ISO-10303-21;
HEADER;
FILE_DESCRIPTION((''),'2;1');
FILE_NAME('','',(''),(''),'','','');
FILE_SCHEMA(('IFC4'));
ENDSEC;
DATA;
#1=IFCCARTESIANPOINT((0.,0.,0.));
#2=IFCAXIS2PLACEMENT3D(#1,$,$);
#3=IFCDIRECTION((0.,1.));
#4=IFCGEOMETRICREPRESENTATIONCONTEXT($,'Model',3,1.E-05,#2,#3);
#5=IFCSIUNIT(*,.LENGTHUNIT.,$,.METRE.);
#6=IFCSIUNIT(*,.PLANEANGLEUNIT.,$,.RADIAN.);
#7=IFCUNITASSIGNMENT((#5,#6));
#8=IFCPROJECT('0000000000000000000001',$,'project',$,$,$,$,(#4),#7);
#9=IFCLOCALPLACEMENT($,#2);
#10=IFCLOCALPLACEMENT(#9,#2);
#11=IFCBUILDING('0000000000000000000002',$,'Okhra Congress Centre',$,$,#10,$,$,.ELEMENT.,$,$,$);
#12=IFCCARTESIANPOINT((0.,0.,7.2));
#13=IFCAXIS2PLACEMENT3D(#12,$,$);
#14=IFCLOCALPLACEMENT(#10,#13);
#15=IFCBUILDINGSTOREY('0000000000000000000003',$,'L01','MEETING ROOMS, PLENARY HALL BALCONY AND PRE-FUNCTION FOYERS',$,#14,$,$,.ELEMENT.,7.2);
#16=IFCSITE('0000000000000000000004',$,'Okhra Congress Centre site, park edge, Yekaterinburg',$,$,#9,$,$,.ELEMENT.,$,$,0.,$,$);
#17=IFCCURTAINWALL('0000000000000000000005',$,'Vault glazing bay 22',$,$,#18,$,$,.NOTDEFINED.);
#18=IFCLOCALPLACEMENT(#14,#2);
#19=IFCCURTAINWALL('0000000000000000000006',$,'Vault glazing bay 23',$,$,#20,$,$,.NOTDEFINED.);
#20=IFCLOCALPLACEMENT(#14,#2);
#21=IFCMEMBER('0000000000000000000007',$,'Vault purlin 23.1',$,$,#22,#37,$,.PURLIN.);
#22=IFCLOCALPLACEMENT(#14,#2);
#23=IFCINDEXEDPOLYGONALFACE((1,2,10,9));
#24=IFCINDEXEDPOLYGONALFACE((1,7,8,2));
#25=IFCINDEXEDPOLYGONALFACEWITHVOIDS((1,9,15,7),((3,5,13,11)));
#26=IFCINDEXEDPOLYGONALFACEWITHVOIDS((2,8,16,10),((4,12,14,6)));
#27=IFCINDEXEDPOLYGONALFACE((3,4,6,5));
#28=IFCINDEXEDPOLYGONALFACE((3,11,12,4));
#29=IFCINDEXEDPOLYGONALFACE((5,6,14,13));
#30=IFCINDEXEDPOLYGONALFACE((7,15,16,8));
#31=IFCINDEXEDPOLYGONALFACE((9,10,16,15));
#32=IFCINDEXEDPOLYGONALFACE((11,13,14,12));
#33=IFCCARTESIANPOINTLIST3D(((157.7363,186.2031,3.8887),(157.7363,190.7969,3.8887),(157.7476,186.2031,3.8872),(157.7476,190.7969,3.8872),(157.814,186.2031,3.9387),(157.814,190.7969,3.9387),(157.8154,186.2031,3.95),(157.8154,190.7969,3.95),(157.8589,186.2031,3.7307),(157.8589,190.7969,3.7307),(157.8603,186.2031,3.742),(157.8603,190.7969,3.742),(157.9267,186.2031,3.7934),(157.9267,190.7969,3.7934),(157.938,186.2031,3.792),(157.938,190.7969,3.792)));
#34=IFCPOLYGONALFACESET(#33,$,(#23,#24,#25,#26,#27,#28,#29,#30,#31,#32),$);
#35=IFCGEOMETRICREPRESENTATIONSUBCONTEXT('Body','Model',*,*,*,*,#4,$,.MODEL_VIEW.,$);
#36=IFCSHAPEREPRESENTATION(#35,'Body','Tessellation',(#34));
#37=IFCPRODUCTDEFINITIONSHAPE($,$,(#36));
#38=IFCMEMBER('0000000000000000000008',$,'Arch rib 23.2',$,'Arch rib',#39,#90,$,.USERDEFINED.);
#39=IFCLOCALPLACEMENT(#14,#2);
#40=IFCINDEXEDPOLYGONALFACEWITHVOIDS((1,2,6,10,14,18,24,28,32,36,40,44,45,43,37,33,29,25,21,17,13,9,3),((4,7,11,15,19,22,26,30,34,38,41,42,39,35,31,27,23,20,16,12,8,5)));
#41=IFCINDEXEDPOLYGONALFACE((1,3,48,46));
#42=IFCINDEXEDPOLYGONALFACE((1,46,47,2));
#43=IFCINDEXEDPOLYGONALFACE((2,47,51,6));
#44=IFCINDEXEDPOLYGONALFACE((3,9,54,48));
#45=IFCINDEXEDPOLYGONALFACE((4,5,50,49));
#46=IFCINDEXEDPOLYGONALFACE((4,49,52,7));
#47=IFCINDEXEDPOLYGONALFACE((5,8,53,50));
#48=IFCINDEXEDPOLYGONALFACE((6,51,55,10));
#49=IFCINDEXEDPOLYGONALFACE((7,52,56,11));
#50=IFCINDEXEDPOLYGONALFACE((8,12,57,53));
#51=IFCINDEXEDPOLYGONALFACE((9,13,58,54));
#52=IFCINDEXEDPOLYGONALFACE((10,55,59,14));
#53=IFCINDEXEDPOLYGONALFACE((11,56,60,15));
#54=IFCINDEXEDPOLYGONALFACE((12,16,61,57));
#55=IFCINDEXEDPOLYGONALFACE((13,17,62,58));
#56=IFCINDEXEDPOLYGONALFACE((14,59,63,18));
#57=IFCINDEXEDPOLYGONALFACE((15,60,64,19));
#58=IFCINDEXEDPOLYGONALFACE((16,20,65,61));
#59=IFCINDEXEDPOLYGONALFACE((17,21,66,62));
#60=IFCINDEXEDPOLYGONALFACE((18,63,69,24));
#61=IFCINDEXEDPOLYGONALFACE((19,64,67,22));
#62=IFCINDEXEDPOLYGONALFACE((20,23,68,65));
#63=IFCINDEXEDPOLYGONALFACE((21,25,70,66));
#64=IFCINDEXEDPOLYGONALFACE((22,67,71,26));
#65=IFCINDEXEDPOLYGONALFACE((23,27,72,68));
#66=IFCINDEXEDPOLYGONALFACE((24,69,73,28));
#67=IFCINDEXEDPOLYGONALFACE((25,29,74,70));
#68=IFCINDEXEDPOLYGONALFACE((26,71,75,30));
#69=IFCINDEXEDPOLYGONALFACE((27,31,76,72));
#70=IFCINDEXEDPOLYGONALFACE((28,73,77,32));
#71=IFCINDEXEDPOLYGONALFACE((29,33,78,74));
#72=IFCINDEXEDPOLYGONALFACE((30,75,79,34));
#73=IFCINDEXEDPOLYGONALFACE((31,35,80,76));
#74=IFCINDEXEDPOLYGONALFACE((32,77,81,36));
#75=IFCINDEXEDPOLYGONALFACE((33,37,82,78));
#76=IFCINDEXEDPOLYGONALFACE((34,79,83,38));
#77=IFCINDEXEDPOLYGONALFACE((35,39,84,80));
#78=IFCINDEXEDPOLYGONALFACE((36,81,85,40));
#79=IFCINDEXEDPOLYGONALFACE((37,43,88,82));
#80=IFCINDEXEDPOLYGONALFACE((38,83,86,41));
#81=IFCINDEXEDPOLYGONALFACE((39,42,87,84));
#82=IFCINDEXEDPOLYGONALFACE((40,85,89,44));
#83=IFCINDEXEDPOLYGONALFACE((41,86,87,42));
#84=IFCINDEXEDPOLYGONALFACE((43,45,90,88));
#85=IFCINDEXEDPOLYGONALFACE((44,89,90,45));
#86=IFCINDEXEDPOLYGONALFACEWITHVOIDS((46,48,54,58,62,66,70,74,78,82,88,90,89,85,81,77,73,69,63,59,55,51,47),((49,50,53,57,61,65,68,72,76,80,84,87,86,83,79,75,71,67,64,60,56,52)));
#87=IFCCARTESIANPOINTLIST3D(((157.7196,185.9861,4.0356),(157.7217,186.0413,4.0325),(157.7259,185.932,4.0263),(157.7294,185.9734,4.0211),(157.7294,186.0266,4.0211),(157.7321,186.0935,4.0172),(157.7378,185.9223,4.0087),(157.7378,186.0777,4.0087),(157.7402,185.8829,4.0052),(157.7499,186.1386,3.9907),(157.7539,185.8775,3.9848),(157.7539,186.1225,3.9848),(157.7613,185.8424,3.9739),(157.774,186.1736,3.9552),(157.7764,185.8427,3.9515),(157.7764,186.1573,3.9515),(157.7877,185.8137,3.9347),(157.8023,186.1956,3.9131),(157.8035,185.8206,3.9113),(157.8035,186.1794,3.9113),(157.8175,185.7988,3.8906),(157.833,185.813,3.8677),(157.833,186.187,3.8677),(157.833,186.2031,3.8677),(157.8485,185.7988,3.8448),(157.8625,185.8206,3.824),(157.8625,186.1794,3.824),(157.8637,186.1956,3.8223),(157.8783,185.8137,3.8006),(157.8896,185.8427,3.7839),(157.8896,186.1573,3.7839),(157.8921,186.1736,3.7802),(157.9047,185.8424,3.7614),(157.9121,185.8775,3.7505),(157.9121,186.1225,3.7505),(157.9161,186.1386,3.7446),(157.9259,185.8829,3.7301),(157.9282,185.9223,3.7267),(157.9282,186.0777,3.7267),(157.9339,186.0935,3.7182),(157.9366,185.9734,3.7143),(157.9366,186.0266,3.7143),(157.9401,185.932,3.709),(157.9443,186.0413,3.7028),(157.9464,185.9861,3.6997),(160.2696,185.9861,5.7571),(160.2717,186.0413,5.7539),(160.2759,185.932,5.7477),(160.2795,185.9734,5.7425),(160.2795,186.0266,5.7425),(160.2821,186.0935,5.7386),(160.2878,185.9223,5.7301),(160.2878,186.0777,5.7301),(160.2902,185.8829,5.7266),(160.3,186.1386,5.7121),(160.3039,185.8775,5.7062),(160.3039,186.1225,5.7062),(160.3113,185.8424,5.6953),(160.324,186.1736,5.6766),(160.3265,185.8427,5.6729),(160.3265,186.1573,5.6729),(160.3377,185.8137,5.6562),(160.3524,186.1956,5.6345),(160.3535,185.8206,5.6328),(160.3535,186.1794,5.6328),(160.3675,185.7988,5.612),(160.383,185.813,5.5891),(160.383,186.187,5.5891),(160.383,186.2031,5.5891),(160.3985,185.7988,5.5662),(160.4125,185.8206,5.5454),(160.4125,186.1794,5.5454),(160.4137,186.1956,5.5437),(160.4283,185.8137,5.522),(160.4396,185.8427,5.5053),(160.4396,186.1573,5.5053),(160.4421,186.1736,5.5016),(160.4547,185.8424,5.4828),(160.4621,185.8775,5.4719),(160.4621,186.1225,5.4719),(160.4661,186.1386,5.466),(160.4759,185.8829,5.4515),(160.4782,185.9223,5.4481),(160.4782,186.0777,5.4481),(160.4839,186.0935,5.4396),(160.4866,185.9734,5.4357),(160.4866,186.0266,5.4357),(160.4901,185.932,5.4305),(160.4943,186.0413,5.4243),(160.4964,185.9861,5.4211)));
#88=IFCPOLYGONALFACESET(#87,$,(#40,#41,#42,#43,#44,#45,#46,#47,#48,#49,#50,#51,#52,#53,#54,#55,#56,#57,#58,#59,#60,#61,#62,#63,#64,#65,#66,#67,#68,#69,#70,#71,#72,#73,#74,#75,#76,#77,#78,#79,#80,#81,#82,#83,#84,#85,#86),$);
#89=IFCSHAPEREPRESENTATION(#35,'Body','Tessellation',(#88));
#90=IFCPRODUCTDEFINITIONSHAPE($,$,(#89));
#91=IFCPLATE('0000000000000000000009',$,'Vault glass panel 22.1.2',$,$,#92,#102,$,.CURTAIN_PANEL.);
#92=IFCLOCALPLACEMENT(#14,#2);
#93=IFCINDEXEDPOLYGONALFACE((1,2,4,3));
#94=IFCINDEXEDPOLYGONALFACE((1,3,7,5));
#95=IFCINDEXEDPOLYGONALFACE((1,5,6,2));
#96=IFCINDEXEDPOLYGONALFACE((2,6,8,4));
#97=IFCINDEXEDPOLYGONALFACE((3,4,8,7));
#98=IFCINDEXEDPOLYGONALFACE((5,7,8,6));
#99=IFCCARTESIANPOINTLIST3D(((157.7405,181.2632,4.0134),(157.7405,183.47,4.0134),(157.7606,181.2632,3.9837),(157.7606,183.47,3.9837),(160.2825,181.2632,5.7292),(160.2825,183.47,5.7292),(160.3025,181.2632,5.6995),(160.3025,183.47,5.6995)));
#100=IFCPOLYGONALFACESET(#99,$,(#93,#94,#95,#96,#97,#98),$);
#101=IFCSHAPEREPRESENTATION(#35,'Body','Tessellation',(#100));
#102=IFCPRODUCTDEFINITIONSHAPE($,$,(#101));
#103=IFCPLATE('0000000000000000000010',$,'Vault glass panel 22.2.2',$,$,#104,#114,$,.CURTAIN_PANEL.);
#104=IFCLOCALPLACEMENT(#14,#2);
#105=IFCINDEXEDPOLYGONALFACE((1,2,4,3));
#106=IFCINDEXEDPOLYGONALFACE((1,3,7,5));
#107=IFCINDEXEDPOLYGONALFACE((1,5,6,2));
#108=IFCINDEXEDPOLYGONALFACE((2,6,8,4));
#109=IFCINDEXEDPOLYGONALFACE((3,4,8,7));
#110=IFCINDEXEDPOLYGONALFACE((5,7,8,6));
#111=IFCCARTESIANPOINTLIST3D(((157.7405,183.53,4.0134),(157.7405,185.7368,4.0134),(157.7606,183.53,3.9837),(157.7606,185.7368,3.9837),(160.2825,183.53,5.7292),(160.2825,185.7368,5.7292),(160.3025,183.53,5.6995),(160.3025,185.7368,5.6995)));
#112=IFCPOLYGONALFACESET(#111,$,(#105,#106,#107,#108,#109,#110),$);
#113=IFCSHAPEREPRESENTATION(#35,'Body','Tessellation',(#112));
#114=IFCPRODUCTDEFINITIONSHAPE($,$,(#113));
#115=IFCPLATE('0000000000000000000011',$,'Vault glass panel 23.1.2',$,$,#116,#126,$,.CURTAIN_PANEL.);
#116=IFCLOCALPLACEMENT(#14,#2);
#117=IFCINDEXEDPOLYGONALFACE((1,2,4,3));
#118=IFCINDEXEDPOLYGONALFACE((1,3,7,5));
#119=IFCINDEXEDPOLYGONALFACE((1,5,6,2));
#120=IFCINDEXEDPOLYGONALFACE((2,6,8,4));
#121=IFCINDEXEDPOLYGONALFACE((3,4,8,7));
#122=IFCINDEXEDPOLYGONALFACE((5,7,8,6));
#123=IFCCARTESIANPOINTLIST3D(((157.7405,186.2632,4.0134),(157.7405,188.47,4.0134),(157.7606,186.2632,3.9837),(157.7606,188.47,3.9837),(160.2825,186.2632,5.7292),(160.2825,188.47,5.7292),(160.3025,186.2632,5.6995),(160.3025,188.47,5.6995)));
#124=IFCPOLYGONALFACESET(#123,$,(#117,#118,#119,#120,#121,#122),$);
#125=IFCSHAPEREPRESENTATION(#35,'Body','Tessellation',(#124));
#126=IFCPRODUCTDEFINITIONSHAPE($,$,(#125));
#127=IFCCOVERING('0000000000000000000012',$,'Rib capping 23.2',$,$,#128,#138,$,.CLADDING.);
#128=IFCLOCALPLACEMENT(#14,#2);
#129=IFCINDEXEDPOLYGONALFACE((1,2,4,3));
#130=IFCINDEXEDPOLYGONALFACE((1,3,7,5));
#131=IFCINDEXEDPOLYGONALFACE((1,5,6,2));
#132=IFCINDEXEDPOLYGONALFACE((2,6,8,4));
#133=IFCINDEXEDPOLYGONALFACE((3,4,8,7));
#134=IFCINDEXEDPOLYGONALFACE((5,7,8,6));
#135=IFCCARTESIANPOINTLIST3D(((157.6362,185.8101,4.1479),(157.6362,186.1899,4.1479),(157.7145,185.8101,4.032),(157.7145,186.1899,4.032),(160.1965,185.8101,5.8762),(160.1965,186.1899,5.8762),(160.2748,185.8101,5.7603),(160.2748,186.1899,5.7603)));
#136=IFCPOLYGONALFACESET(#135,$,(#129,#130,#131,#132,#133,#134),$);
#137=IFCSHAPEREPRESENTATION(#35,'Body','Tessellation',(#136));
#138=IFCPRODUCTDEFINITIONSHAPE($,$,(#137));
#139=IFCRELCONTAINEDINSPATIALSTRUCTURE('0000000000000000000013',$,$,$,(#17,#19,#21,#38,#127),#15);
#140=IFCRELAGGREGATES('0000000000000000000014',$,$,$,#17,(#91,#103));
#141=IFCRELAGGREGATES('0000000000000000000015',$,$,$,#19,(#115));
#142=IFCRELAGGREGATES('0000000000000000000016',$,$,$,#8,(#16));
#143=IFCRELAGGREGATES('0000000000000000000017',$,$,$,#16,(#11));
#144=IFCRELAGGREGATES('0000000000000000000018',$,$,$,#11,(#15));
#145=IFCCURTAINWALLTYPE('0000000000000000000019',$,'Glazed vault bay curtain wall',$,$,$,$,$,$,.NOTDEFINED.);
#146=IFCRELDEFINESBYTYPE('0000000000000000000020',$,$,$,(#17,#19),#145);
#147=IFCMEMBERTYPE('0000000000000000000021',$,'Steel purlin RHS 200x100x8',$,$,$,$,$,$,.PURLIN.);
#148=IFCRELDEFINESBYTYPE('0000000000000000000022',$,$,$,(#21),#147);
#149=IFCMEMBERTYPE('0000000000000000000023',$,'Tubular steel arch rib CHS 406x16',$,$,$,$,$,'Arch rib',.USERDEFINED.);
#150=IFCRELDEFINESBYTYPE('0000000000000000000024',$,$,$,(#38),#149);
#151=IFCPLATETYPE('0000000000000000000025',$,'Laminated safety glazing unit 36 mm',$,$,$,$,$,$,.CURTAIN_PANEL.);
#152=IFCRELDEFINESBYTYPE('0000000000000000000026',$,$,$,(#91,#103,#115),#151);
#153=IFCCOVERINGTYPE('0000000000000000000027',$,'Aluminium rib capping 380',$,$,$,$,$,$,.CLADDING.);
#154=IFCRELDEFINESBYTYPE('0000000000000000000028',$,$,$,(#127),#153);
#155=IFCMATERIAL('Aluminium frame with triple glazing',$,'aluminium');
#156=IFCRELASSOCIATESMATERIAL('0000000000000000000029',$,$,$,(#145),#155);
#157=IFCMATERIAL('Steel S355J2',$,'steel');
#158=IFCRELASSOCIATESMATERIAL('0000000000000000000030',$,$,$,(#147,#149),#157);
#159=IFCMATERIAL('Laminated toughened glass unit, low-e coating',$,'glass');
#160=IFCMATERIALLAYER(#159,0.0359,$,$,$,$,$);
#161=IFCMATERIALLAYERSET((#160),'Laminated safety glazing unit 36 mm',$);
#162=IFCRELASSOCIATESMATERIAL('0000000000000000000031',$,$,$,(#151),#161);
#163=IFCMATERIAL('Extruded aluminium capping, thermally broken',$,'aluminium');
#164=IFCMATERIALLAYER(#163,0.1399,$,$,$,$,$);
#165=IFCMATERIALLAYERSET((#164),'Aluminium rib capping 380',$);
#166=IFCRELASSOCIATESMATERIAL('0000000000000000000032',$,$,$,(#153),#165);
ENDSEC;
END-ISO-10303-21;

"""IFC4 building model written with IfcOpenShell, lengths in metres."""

from ifc_helpers import new_model, si_unit, direction, frame, origin, origin_2d, place, context, subcontext, project, spatial, polyline, hollow_rectangle, hollow_circle, outline, extrude, material, layer, layer_set, material_profile, profile_set, type_object, element, aggregate, save


model = new_model("IFC4")

# Units and contexts
model_context = context("Model", 3, precision=1e-05, world=origin(), true_north=direction((0.0, 1.0)))
body_context = subcontext(model_context, "Body", "Model", "MODEL_VIEW")
ifc_project = project(units=[si_unit("LENGTHUNIT", "METRE"), si_unit("PLANEANGLEUNIT", "RADIAN")], contexts=[model_context])

# Site, building, storey
site_placement = place(None, origin())
site = spatial("IfcSite", under=ifc_project, at=site_placement, Name="Okhra Congress Centre site, park edge, Yekaterinburg", CompositionType="ELEMENT", RefElevation=0.0)
building_placement = place(site_placement, origin())
building = spatial("IfcBuilding", under=site, at=building_placement, Name="Okhra Congress Centre", CompositionType="ELEMENT")
storey_placement = place(building_placement, frame((0.0, 0.0, 7.2)))
storey = spatial("IfcBuildingStorey", under=building, at=storey_placement, Name="L01", Description="MEETING ROOMS, PLENARY HALL BALCONY AND PRE-FUNCTION FOYERS", CompositionType="ELEMENT", Elevation=7.2)

# Curtain walls
ifc_material_1 = material(Name="Aluminium frame with triple glazing", Category="aluminium")
curtain_wall_type = type_object("IfcCurtainWallType", Name="Glazed vault bay curtain wall", PredefinedType="NOTDEFINED", material=ifc_material_1)
curtain_wall_1_placement = place(storey_placement, origin())
curtain_wall_1 = element("IfcCurtainWall", 1, at=curtain_wall_1_placement, inside=storey, type_object=curtain_wall_type, Name="Vault glazing bay 22", PredefinedType="NOTDEFINED")
curtain_wall_2_placement = place(storey_placement, origin())
curtain_wall_2 = element("IfcCurtainWall", 2, at=curtain_wall_2_placement, inside=storey, type_object=curtain_wall_type, Name="Vault glazing bay 23", PredefinedType="NOTDEFINED")

# Members
ifc_material_2 = material(Name="Steel S355J2", Category="steel")
ifc_material_profile_1 = material_profile(ifc_material_2, hollow_rectangle(XDim=0.1001, YDim=0.2, WallThickness=0.0081, at=origin_2d()), Name="RHS 200x100x8")
ifc_profile_set_1 = profile_set([ifc_material_profile_1], Name="Steel S355J2")
member_type_1 = type_object("IfcMemberType", Name="Steel purlin RHS 200x100x8", PredefinedType="PURLIN", material=ifc_profile_set_1)
member_1_placement = place(storey_placement, frame((157.8372, 186.2031, 3.8403), z_axis=(0.0, 1.0, 0.0), x_axis=(-0.790145, 0.0, -0.61292)))
element("IfcMember", 3, at=member_1_placement, inside=storey, type_object=member_type_1, Name="Vault purlin 23.1", PredefinedType="PURLIN", context=body_context, shape_type="SweptSolid", body=[
    extrude(hollow_rectangle(XDim=0.1001, YDim=0.2, WallThickness=0.0081, at=origin_2d()), origin(), (0.0, 0.0, 1.0), 4.5938),
])
ifc_material_profile_2 = material_profile(ifc_material_2, hollow_circle(Radius=0.2031, WallThickness=0.0161, at=origin_2d()), Name="CHS 406.4x16")
ifc_profile_set_2 = profile_set([ifc_material_profile_2], Name="Steel S355J2")
member_type_2 = type_object("IfcMemberType", Name="Tubular steel arch rib CHS 406x16", ElementType="Arch rib", PredefinedType="USERDEFINED", material=ifc_profile_set_2)
member_2_placement = place(storey_placement, frame((157.833, 186.0, 3.8677), z_axis=(0.828826, 0.0, 0.559507), x_axis=(0.0, 1.0, 0.0)))
element("IfcMember", 4, at=member_2_placement, inside=storey, type_object=member_type_2, Name="Arch rib 23.2", ObjectType="Arch rib", PredefinedType="USERDEFINED", context=body_context, shape_type="SweptSolid", body=[
    extrude(hollow_circle(Radius=0.2031, WallThickness=0.0161, at=origin_2d()), origin(), (0.0, 0.0, 1.0), 3.0767),
])

# Plates
ifc_material_3 = material(Name="Laminated toughened glass unit, low-e coating", Category="glass")
ifc_layer_1 = layer(ifc_material_3, 0.0359)
ifc_layer_set_1 = layer_set([ifc_layer_1], Name="Laminated safety glazing unit 36 mm")
plate_type = type_object("IfcPlateType", Name="Laminated safety glazing unit 36 mm", PredefinedType="CURTAIN_PANEL", material=ifc_layer_set_1)
plate_1_placement = place(storey_placement, frame((157.7405, 181.2632, 4.0134), z_axis=(-0.559467, 0.0, 0.828852), x_axis=(0.828852, 0.0, 0.559467)))
plate_1 = element("IfcPlate", 5, at=plate_1_placement, type_object=plate_type, Name="Vault glass panel 22.1.2", PredefinedType="CURTAIN_PANEL", context=body_context, shape_type="SweptSolid", body=[
    extrude(outline(polyline([(0.0, 0.0), (3.0669, 0.0), (3.0669, 2.2068), (0.0, 2.2068), (0.0, 0.0)])), origin(), (0.0, 0.0, -1.0), 0.0359),
])
plate_2_placement = place(storey_placement, frame((157.7405, 183.53, 4.0134), z_axis=(-0.559467, 0.0, 0.828852), x_axis=(0.828852, 0.0, 0.559467)))
plate_2 = element("IfcPlate", 6, at=plate_2_placement, type_object=plate_type, Name="Vault glass panel 22.2.2", PredefinedType="CURTAIN_PANEL", context=body_context, shape_type="SweptSolid", body=[
    extrude(outline(polyline([(0.0, 0.0), (3.0669, 0.0), (3.0669, 2.2068), (0.0, 2.2068), (0.0, 0.0)])), origin(), (0.0, 0.0, -1.0), 0.0359),
])
aggregate(curtain_wall_1, [plate_1, plate_2])
plate_3_placement = place(storey_placement, frame((157.7405, 186.2632, 4.0134), z_axis=(-0.559467, 0.0, 0.828852), x_axis=(0.828852, 0.0, 0.559467)))
plate_3 = element("IfcPlate", 7, at=plate_3_placement, type_object=plate_type, Name="Vault glass panel 23.1.2", PredefinedType="CURTAIN_PANEL", context=body_context, shape_type="SweptSolid", body=[
    extrude(outline(polyline([(0.0, 0.0), (3.0669, 0.0), (3.0669, 2.2068), (0.0, 2.2068), (0.0, 0.0)])), origin(), (0.0, 0.0, -1.0), 0.0359),
])
aggregate(curtain_wall_2, [plate_3])

# Covering
ifc_material_4 = material(Name="Extruded aluminium capping, thermally broken", Category="aluminium")
ifc_layer_2 = layer(ifc_material_4, 0.1399)
ifc_layer_set_2 = layer_set([ifc_layer_2], Name="Aluminium rib capping 380")
covering_type = type_object("IfcCoveringType", Name="Aluminium rib capping 380", PredefinedType="CLADDING", material=ifc_layer_set_2)
covering_placement = place(storey_placement, frame((157.6362, 185.8101, 4.1479), z_axis=(-0.559488, 0.0, 0.828839), x_axis=(0.828839, 0.0, 0.559488)))
element("IfcCovering", 8, at=covering_placement, inside=storey, type_object=covering_type, Name="Rib capping 23.2", PredefinedType="CLADDING", context=body_context, shape_type="SweptSolid", body=[
    extrude(outline(polyline([(0.0, 0.0), (3.089, 0.0), (3.089, 0.3799), (0.0, 0.3799), (0.0, 0.0)])), origin(), (0.0, 0.0, -1.0), 0.1399),
])

save(model, "model.ifc")
